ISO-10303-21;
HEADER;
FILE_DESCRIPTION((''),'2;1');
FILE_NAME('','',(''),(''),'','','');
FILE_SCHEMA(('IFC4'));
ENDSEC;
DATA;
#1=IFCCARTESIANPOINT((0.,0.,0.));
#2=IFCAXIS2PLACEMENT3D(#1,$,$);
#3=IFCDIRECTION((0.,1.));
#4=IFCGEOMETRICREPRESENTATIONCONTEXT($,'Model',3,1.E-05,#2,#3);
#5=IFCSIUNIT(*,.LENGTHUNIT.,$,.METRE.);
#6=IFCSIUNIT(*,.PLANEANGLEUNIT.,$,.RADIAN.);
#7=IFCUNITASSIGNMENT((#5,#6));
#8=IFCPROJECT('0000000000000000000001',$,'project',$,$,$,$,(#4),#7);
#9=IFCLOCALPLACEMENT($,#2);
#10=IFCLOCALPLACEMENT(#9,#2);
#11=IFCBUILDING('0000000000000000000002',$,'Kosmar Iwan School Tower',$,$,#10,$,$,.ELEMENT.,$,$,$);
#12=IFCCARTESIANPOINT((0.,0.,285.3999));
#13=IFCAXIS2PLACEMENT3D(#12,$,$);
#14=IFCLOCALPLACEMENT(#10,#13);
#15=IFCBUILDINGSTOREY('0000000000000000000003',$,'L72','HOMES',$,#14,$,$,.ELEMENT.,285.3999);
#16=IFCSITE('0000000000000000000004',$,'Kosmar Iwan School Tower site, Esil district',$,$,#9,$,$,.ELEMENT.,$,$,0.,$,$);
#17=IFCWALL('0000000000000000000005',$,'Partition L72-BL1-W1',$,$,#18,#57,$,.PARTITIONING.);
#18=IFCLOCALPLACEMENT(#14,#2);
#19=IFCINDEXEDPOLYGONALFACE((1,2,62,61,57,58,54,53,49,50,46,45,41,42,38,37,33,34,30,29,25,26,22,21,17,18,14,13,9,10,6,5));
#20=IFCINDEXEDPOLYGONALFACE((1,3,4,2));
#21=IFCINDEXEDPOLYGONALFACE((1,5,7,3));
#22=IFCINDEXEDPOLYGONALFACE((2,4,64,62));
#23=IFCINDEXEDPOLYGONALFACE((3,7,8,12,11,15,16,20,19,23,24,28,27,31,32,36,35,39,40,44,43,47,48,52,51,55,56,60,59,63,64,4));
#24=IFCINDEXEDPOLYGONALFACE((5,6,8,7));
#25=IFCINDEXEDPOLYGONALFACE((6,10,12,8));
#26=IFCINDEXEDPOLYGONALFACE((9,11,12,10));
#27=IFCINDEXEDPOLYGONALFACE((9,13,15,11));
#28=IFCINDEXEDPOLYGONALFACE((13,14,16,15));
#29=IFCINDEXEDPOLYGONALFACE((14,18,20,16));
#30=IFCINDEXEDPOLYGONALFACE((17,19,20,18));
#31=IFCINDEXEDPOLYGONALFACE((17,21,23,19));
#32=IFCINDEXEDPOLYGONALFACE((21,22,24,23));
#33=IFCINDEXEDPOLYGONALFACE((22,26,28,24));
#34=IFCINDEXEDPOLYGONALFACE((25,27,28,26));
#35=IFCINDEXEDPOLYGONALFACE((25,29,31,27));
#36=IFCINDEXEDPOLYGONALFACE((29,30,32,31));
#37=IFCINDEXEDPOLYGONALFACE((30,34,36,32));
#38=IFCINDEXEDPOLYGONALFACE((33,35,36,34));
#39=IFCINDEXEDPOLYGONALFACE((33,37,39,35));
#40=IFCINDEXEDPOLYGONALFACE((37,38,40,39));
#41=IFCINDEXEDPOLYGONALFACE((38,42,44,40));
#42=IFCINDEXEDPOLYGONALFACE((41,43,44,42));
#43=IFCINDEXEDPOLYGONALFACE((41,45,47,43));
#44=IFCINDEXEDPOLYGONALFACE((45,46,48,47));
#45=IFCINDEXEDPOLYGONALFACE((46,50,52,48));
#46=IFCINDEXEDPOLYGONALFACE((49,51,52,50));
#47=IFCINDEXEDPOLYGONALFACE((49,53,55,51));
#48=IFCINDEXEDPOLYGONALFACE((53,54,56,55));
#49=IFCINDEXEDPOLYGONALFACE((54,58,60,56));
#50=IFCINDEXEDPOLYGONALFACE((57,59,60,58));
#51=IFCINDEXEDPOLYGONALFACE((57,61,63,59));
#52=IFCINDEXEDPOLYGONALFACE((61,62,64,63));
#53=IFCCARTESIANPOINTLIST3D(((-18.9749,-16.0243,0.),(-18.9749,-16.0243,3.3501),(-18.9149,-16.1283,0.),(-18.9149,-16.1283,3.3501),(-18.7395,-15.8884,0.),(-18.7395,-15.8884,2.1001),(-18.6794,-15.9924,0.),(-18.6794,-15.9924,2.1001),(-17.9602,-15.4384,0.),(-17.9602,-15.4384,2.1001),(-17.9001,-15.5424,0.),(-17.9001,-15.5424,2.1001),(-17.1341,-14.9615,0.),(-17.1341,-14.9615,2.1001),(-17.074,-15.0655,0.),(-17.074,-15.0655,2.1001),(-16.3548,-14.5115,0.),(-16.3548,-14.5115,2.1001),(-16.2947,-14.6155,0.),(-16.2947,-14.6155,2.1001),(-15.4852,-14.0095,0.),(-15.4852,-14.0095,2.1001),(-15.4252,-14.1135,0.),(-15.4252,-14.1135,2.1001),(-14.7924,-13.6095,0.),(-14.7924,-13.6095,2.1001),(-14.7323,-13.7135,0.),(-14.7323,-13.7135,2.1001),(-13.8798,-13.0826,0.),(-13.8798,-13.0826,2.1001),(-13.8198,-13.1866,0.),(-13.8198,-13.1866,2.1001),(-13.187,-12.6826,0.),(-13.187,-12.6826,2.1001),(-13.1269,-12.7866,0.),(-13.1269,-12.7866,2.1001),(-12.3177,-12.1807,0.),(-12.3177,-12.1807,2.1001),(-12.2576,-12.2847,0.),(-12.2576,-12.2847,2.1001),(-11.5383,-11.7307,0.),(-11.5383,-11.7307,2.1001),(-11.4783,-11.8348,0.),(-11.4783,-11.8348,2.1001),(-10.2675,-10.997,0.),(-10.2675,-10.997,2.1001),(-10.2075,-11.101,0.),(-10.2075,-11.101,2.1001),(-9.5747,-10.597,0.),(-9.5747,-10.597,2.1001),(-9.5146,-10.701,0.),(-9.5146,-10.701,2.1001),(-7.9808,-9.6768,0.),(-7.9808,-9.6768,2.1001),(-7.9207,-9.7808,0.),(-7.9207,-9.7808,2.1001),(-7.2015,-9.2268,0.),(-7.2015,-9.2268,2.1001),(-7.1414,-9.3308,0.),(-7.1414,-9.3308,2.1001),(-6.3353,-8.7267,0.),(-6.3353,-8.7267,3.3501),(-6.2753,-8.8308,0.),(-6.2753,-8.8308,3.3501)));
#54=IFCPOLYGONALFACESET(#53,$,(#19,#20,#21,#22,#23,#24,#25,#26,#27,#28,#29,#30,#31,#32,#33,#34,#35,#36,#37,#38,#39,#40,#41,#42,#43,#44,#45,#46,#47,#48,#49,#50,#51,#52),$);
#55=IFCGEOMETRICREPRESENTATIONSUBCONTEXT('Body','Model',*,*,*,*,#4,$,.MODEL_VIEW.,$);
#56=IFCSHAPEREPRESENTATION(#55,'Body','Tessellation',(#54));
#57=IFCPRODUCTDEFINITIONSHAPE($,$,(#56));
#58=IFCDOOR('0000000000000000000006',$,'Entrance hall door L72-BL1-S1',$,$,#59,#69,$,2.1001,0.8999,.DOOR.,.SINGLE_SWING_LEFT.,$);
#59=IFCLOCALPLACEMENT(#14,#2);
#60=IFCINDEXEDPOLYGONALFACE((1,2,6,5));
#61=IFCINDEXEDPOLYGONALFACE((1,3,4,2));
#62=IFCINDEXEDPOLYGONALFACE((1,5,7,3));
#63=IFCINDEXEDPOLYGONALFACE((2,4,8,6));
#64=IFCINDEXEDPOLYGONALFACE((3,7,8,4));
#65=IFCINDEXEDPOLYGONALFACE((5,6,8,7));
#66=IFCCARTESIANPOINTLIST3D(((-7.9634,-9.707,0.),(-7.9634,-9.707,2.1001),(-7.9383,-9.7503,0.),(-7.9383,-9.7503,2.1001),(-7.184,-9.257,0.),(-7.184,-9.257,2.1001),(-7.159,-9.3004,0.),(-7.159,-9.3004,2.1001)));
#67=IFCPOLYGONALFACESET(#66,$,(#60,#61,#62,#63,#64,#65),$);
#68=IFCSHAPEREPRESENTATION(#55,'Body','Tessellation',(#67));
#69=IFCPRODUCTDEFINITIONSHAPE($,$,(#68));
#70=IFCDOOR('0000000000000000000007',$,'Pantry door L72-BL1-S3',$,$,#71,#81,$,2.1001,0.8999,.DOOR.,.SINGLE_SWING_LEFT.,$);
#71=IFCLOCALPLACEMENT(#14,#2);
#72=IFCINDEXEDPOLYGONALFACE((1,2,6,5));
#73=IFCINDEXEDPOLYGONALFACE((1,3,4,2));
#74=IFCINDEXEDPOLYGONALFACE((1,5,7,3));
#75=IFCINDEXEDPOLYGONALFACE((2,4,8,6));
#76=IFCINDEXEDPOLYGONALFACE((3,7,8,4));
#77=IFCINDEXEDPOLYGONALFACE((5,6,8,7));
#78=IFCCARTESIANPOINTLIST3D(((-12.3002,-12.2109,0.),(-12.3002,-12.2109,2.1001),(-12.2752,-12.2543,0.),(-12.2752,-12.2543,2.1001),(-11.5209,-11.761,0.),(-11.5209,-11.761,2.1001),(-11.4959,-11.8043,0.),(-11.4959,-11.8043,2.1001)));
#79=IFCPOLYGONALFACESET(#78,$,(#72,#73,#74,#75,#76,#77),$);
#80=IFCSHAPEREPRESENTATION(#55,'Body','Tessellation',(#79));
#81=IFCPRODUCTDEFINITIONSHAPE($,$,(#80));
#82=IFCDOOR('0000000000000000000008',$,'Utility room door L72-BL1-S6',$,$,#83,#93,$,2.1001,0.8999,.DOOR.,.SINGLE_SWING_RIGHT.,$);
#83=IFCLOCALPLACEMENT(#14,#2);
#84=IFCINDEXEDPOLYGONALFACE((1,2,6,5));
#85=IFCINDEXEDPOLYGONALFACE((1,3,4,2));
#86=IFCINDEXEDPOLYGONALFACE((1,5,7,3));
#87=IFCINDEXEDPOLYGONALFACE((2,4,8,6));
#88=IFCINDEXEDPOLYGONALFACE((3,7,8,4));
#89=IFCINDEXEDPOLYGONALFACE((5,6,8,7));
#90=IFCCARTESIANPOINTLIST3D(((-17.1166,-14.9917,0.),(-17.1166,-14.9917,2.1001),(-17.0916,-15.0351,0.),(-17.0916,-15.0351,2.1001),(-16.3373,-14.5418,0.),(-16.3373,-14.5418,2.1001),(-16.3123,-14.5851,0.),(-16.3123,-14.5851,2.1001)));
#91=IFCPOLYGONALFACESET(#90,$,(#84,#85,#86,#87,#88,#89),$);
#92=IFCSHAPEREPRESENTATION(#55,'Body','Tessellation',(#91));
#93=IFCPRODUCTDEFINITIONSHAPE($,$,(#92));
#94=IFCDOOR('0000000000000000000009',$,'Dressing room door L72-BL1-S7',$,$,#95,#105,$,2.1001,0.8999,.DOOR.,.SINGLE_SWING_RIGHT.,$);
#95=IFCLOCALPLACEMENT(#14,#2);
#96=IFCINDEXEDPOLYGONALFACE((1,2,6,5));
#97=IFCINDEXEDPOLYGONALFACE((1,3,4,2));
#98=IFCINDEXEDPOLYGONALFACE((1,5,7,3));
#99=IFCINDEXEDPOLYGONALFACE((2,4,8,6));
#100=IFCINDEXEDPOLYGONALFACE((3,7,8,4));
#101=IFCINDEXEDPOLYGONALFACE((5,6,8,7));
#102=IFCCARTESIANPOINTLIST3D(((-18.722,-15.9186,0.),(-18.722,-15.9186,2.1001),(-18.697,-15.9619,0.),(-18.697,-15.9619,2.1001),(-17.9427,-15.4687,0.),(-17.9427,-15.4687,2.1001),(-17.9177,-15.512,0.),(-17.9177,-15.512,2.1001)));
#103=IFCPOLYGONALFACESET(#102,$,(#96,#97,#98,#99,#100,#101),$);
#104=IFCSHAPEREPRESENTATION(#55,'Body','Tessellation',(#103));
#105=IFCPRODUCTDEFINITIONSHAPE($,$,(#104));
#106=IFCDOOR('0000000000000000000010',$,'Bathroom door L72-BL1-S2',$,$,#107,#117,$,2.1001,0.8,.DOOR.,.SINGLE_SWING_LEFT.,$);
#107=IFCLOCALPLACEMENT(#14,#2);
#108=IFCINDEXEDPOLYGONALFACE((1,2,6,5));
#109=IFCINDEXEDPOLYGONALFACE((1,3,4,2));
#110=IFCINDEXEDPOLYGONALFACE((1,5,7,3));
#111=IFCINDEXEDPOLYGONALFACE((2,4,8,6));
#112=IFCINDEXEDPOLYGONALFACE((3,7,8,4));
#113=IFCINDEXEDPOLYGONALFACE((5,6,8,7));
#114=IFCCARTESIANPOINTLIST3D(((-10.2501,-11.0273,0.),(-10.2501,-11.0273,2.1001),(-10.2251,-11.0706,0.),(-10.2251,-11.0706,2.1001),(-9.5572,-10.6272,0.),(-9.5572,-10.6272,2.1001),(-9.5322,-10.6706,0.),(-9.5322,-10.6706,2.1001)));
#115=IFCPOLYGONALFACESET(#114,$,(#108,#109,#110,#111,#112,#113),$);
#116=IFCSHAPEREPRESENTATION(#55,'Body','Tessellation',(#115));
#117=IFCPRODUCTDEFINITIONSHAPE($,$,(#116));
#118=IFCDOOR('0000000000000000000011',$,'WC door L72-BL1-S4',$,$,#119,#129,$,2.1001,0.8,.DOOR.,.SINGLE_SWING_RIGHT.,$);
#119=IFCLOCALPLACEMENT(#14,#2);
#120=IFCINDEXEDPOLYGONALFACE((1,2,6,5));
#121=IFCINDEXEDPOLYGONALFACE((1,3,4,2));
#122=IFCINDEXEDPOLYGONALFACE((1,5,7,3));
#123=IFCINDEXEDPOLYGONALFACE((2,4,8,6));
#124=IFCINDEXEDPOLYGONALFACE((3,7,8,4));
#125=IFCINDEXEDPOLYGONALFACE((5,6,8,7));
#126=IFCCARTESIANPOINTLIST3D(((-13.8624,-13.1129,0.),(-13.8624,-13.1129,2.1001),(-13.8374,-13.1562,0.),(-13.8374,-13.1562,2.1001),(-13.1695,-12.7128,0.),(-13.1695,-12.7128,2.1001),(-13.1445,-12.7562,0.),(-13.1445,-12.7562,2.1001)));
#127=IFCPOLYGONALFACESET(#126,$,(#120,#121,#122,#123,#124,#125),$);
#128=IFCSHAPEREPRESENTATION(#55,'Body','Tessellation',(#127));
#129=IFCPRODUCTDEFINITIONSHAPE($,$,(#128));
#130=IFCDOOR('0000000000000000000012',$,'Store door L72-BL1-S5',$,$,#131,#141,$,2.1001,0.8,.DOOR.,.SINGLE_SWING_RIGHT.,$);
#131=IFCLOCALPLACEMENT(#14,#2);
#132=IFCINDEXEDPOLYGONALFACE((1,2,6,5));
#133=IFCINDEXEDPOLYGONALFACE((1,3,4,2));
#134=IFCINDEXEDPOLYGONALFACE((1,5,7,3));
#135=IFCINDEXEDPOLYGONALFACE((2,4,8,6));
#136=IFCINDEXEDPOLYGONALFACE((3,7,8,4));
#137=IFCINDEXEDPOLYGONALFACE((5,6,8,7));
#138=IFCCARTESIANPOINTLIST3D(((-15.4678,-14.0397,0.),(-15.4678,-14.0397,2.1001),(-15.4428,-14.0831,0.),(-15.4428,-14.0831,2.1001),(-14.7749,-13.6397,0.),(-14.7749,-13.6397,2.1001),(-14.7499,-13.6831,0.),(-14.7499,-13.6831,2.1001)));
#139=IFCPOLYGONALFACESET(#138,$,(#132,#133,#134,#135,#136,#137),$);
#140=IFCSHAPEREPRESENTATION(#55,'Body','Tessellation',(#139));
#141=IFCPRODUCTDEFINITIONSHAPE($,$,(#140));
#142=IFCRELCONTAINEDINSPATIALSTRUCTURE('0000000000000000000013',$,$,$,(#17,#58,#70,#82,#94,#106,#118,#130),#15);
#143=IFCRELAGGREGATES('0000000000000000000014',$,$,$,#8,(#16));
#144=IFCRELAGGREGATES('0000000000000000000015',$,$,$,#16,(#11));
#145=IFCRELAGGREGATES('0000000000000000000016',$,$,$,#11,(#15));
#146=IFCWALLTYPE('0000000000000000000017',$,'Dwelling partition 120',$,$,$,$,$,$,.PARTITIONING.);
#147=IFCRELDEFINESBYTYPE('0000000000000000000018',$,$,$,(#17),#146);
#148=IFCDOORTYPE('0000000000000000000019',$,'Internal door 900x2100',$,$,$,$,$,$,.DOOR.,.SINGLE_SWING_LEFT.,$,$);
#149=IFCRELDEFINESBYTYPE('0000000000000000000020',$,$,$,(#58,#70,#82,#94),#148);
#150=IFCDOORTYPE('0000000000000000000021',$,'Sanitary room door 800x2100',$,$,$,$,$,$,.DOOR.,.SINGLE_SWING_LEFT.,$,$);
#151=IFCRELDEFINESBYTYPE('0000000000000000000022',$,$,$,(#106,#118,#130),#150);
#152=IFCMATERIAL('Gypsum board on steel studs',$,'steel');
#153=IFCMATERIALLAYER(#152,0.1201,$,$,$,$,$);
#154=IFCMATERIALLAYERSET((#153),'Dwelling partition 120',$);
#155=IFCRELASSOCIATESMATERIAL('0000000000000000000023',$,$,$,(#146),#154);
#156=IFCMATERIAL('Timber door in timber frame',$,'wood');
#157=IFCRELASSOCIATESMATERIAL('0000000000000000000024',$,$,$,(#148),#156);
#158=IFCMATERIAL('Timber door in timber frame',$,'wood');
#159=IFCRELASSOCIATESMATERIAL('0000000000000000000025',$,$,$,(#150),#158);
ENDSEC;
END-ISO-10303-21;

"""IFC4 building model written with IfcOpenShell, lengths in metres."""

from ifc_helpers import new_model, si_unit, direction, frame, frame_2d, origin, place, context, subcontext, project, spatial, rectangle, extrude, material, layer, layer_set, type_object, element, fill, save


model = new_model("IFC4")

# Units and contexts
model_context = context("Model", 3, precision=1e-05, world=origin(), true_north=direction((0.0, 1.0)))
body_context = subcontext(model_context, "Body", "Model", "MODEL_VIEW")
ifc_project = project(units=[si_unit("LENGTHUNIT", "METRE"), si_unit("PLANEANGLEUNIT", "RADIAN")], contexts=[model_context])

# Site, building, storey
site_placement = place(None, origin())
site = spatial("IfcSite", under=ifc_project, at=site_placement, Name="Kosmar Iwan School Tower site, Esil district", CompositionType="ELEMENT", RefElevation=0.0)
building_placement = place(site_placement, origin())
building = spatial("IfcBuilding", under=site, at=building_placement, Name="Kosmar Iwan School Tower", CompositionType="ELEMENT")
storey_placement = place(building_placement, frame((0.0, 0.0, 285.3999)))
storey = spatial("IfcBuildingStorey", under=building, at=storey_placement, Name="L72", Description="HOMES", CompositionType="ELEMENT", Elevation=285.3999)

# Wall, openings, doors
ifc_material_1 = material(Name="Gypsum board on steel studs", Category="steel")
ifc_layer_1 = layer(ifc_material_1, 0.1201)
ifc_layer_set_1 = layer_set([ifc_layer_1], Name="Dwelling partition 120")
wall_type_1 = type_object("IfcWallType", Name="Dwelling partition 120", PredefinedType="PARTITIONING", material=ifc_layer_set_1)
wall_1_placement = place(storey_placement, frame((-6.3054, -8.7788, 0.0), z_axis=(0.0, 0.0, 1.0), x_axis=(-0.866022, -0.500005, 0.0)))
wall_1 = element("IfcWall", 1, at=wall_1_placement, inside=storey, type_object=wall_type_1, Name="Partition L72-BL1-W1", PredefinedType="PARTITIONING", context=body_context, shape_type="SweptSolid", body=[
    extrude(rectangle(XDim=14.595, YDim=0.1201, at=frame_2d((7.2974, 0.0))), origin(), (0.0, 0.0, 1.0), 3.3501),
])
opening_1_placement = place(wall_1_placement, frame((1.0, 0.0, 0.0)))
opening_1 = element("IfcOpeningElement", 2, at=opening_1_placement, cuts=wall_1, PredefinedType="OPENING", context=body_context, shape_type="SweptSolid", body=[
    extrude(rectangle(XDim=0.8999, YDim=2.1001, at=frame_2d((0.45, 1.05))), frame((0.0, 0.072, 0.0), z_axis=(0.0, -1.0, 0.0), x_axis=(1.0, 0.0, 0.0)), (0.0, 0.0, 1.0), 0.144),
])
opening_2_placement = place(wall_1_placement, frame((3.7405, 0.0, 0.0)))
opening_2 = element("IfcOpeningElement", 3, at=opening_2_placement, cuts=wall_1, PredefinedType="OPENING", context=body_context, shape_type="SweptSolid", body=[
    extrude(rectangle(XDim=0.8, YDim=2.1001, at=frame_2d((0.3999, 1.05))), frame((0.0, 0.072, 0.0), z_axis=(0.0, -1.0, 0.0), x_axis=(1.0, 0.0, 0.0)), (0.0, 0.0, 1.0), 0.144),
])
opening_3_placement = place(wall_1_placement, frame((6.0078, 0.0, 0.0)))
opening_3 = element("IfcOpeningElement", 4, at=opening_3_placement, cuts=wall_1, PredefinedType="OPENING", context=body_context, shape_type="SweptSolid", body=[
    extrude(rectangle(XDim=0.8999, YDim=2.1001, at=frame_2d((0.45, 1.05))), frame((0.0, 0.072, 0.0), z_axis=(0.0, -1.0, 0.0), x_axis=(1.0, 0.0, 0.0)), (0.0, 0.0, 1.0), 0.144),
])
opening_4_placement = place(wall_1_placement, frame((7.9116, 0.0, 0.0)))
opening_4 = element("IfcOpeningElement", 5, at=opening_4_placement, cuts=wall_1, PredefinedType="OPENING", context=body_context, shape_type="SweptSolid", body=[
    extrude(rectangle(XDim=0.8, YDim=2.1001, at=frame_2d((0.3999, 1.05))), frame((0.0, 0.072, 0.0), z_axis=(0.0, -1.0, 0.0), x_axis=(1.0, 0.0, 0.0)), (0.0, 0.0, 1.0), 0.144),
])
opening_5_placement = place(wall_1_placement, frame((9.7654, 0.0, 0.0)))
opening_5 = element("IfcOpeningElement", 6, at=opening_5_placement, cuts=wall_1, PredefinedType="OPENING", context=body_context, shape_type="SweptSolid", body=[
    extrude(rectangle(XDim=0.8, YDim=2.1001, at=frame_2d((0.3999, 1.05))), frame((0.0, 0.072, 0.0), z_axis=(0.0, -1.0, 0.0), x_axis=(1.0, 0.0, 0.0)), (0.0, 0.0, 1.0), 0.144),
])
opening_6_placement = place(wall_1_placement, frame((11.5693, 0.0, 0.0)))
opening_6 = element("IfcOpeningElement", 7, at=opening_6_placement, cuts=wall_1, PredefinedType="OPENING", context=body_context, shape_type="SweptSolid", body=[
    extrude(rectangle(XDim=0.8999, YDim=2.1001, at=frame_2d((0.45, 1.05))), frame((0.0, 0.072, 0.0), z_axis=(0.0, -1.0, 0.0), x_axis=(1.0, 0.0, 0.0)), (0.0, 0.0, 1.0), 0.144),
])
opening_7_placement = place(wall_1_placement, frame((13.4231, 0.0, 0.0)))
opening_7 = element("IfcOpeningElement", 8, at=opening_7_placement, cuts=wall_1, PredefinedType="OPENING", context=body_context, shape_type="SweptSolid", body=[
    extrude(rectangle(XDim=0.8999, YDim=2.1001, at=frame_2d((0.45, 1.05))), frame((0.0, 0.072, 0.0), z_axis=(0.0, -1.0, 0.0), x_axis=(1.0, 0.0, 0.0)), (0.0, 0.0, 1.0), 0.144),
])
ifc_material_2 = material(Name="Timber door in timber frame", Category="wood")
door_type_1 = type_object("IfcDoorType", Name="Internal door 900x2100", OperationType="SINGLE_SWING_LEFT", PredefinedType="DOOR", material=ifc_material_2)
door_1_placement = place(opening_1_placement, origin())
door_1 = element("IfcDoor", 9, at=door_1_placement, inside=storey, type_object=door_type_1, Name="Entrance hall door L72-BL1-S1", OperationType="SINGLE_SWING_LEFT", OverallHeight=2.1001, OverallWidth=0.8999, PredefinedType="DOOR", context=body_context, shape_type="SweptSolid", body=[
    extrude(rectangle(XDim=0.8999, YDim=2.1001, at=frame_2d((0.45, 1.05))), frame((0.0, 0.0249, 0.0), z_axis=(0.0, -1.0, 0.0), x_axis=(1.0, 0.0, 0.0)), (0.0, 0.0, 1.0), 0.05),
])
fill(opening_1, door_1)
door_2_placement = place(opening_3_placement, origin())
door_2 = element("IfcDoor", 10, at=door_2_placement, inside=storey, type_object=door_type_1, Name="Pantry door L72-BL1-S3", OperationType="SINGLE_SWING_LEFT", OverallHeight=2.1001, OverallWidth=0.8999, PredefinedType="DOOR", context=body_context, shape_type="SweptSolid", body=[
    extrude(rectangle(XDim=0.8999, YDim=2.1001, at=frame_2d((0.45, 1.05))), frame((0.0, 0.0249, 0.0), z_axis=(0.0, -1.0, 0.0), x_axis=(1.0, 0.0, 0.0)), (0.0, 0.0, 1.0), 0.05),
])
fill(opening_3, door_2)
door_3_placement = place(opening_6_placement, origin())
door_3 = element("IfcDoor", 11, at=door_3_placement, inside=storey, type_object=door_type_1, Name="Utility room door L72-BL1-S6", OperationType="SINGLE_SWING_RIGHT", OverallHeight=2.1001, OverallWidth=0.8999, PredefinedType="DOOR", context=body_context, shape_type="SweptSolid", body=[
    extrude(rectangle(XDim=0.8999, YDim=2.1001, at=frame_2d((0.45, 1.05))), frame((0.0, 0.0249, 0.0), z_axis=(0.0, -1.0, 0.0), x_axis=(1.0, 0.0, 0.0)), (0.0, 0.0, 1.0), 0.05),
])
fill(opening_6, door_3)
door_4_placement = place(opening_7_placement, origin())
door_4 = element("IfcDoor", 12, at=door_4_placement, inside=storey, type_object=door_type_1, Name="Dressing room door L72-BL1-S7", OperationType="SINGLE_SWING_RIGHT", OverallHeight=2.1001, OverallWidth=0.8999, PredefinedType="DOOR", context=body_context, shape_type="SweptSolid", body=[
    extrude(rectangle(XDim=0.8999, YDim=2.1001, at=frame_2d((0.45, 1.05))), frame((0.0, 0.0249, 0.0), z_axis=(0.0, -1.0, 0.0), x_axis=(1.0, 0.0, 0.0)), (0.0, 0.0, 1.0), 0.05),
])
fill(opening_7, door_4)
ifc_material_3 = material(Name="Timber door in timber frame", Category="wood")
door_type_2 = type_object("IfcDoorType", Name="Sanitary room door 800x2100", OperationType="SINGLE_SWING_LEFT", PredefinedType="DOOR", material=ifc_material_3)
door_5_placement = place(opening_2_placement, origin())
door_5 = element("IfcDoor", 13, at=door_5_placement, inside=storey, type_object=door_type_2, Name="Bathroom door L72-BL1-S2", OperationType="SINGLE_SWING_LEFT", OverallHeight=2.1001, OverallWidth=0.8, PredefinedType="DOOR", context=body_context, shape_type="SweptSolid", body=[
    extrude(rectangle(XDim=0.8, YDim=2.1001, at=frame_2d((0.3999, 1.05))), frame((0.0, 0.0249, 0.0), z_axis=(0.0, -1.0, 0.0), x_axis=(1.0, 0.0, 0.0)), (0.0, 0.0, 1.0), 0.05),
])
fill(opening_2, door_5)
door_6_placement = place(opening_4_placement, origin())
door_6 = element("IfcDoor", 14, at=door_6_placement, inside=storey, type_object=door_type_2, Name="WC door L72-BL1-S4", OperationType="SINGLE_SWING_RIGHT", OverallHeight=2.1001, OverallWidth=0.8, PredefinedType="DOOR", context=body_context, shape_type="SweptSolid", body=[
    extrude(rectangle(XDim=0.8, YDim=2.1001, at=frame_2d((0.3999, 1.05))), frame((0.0, 0.0249, 0.0), z_axis=(0.0, -1.0, 0.0), x_axis=(1.0, 0.0, 0.0)), (0.0, 0.0, 1.0), 0.05),
])
fill(opening_4, door_6)
door_7_placement = place(opening_5_placement, origin())
door_7 = element("IfcDoor", 15, at=door_7_placement, inside=storey, type_object=door_type_2, Name="Store door L72-BL1-S5", OperationType="SINGLE_SWING_RIGHT", OverallHeight=2.1001, OverallWidth=0.8, PredefinedType="DOOR", context=body_context, shape_type="SweptSolid", body=[
    extrude(rectangle(XDim=0.8, YDim=2.1001, at=frame_2d((0.3999, 1.05))), frame((0.0, 0.0249, 0.0), z_axis=(0.0, -1.0, 0.0), x_axis=(1.0, 0.0, 0.0)), (0.0, 0.0, 1.0), 0.05),
])
fill(opening_5, door_7)

save(model, "model.ifc")
